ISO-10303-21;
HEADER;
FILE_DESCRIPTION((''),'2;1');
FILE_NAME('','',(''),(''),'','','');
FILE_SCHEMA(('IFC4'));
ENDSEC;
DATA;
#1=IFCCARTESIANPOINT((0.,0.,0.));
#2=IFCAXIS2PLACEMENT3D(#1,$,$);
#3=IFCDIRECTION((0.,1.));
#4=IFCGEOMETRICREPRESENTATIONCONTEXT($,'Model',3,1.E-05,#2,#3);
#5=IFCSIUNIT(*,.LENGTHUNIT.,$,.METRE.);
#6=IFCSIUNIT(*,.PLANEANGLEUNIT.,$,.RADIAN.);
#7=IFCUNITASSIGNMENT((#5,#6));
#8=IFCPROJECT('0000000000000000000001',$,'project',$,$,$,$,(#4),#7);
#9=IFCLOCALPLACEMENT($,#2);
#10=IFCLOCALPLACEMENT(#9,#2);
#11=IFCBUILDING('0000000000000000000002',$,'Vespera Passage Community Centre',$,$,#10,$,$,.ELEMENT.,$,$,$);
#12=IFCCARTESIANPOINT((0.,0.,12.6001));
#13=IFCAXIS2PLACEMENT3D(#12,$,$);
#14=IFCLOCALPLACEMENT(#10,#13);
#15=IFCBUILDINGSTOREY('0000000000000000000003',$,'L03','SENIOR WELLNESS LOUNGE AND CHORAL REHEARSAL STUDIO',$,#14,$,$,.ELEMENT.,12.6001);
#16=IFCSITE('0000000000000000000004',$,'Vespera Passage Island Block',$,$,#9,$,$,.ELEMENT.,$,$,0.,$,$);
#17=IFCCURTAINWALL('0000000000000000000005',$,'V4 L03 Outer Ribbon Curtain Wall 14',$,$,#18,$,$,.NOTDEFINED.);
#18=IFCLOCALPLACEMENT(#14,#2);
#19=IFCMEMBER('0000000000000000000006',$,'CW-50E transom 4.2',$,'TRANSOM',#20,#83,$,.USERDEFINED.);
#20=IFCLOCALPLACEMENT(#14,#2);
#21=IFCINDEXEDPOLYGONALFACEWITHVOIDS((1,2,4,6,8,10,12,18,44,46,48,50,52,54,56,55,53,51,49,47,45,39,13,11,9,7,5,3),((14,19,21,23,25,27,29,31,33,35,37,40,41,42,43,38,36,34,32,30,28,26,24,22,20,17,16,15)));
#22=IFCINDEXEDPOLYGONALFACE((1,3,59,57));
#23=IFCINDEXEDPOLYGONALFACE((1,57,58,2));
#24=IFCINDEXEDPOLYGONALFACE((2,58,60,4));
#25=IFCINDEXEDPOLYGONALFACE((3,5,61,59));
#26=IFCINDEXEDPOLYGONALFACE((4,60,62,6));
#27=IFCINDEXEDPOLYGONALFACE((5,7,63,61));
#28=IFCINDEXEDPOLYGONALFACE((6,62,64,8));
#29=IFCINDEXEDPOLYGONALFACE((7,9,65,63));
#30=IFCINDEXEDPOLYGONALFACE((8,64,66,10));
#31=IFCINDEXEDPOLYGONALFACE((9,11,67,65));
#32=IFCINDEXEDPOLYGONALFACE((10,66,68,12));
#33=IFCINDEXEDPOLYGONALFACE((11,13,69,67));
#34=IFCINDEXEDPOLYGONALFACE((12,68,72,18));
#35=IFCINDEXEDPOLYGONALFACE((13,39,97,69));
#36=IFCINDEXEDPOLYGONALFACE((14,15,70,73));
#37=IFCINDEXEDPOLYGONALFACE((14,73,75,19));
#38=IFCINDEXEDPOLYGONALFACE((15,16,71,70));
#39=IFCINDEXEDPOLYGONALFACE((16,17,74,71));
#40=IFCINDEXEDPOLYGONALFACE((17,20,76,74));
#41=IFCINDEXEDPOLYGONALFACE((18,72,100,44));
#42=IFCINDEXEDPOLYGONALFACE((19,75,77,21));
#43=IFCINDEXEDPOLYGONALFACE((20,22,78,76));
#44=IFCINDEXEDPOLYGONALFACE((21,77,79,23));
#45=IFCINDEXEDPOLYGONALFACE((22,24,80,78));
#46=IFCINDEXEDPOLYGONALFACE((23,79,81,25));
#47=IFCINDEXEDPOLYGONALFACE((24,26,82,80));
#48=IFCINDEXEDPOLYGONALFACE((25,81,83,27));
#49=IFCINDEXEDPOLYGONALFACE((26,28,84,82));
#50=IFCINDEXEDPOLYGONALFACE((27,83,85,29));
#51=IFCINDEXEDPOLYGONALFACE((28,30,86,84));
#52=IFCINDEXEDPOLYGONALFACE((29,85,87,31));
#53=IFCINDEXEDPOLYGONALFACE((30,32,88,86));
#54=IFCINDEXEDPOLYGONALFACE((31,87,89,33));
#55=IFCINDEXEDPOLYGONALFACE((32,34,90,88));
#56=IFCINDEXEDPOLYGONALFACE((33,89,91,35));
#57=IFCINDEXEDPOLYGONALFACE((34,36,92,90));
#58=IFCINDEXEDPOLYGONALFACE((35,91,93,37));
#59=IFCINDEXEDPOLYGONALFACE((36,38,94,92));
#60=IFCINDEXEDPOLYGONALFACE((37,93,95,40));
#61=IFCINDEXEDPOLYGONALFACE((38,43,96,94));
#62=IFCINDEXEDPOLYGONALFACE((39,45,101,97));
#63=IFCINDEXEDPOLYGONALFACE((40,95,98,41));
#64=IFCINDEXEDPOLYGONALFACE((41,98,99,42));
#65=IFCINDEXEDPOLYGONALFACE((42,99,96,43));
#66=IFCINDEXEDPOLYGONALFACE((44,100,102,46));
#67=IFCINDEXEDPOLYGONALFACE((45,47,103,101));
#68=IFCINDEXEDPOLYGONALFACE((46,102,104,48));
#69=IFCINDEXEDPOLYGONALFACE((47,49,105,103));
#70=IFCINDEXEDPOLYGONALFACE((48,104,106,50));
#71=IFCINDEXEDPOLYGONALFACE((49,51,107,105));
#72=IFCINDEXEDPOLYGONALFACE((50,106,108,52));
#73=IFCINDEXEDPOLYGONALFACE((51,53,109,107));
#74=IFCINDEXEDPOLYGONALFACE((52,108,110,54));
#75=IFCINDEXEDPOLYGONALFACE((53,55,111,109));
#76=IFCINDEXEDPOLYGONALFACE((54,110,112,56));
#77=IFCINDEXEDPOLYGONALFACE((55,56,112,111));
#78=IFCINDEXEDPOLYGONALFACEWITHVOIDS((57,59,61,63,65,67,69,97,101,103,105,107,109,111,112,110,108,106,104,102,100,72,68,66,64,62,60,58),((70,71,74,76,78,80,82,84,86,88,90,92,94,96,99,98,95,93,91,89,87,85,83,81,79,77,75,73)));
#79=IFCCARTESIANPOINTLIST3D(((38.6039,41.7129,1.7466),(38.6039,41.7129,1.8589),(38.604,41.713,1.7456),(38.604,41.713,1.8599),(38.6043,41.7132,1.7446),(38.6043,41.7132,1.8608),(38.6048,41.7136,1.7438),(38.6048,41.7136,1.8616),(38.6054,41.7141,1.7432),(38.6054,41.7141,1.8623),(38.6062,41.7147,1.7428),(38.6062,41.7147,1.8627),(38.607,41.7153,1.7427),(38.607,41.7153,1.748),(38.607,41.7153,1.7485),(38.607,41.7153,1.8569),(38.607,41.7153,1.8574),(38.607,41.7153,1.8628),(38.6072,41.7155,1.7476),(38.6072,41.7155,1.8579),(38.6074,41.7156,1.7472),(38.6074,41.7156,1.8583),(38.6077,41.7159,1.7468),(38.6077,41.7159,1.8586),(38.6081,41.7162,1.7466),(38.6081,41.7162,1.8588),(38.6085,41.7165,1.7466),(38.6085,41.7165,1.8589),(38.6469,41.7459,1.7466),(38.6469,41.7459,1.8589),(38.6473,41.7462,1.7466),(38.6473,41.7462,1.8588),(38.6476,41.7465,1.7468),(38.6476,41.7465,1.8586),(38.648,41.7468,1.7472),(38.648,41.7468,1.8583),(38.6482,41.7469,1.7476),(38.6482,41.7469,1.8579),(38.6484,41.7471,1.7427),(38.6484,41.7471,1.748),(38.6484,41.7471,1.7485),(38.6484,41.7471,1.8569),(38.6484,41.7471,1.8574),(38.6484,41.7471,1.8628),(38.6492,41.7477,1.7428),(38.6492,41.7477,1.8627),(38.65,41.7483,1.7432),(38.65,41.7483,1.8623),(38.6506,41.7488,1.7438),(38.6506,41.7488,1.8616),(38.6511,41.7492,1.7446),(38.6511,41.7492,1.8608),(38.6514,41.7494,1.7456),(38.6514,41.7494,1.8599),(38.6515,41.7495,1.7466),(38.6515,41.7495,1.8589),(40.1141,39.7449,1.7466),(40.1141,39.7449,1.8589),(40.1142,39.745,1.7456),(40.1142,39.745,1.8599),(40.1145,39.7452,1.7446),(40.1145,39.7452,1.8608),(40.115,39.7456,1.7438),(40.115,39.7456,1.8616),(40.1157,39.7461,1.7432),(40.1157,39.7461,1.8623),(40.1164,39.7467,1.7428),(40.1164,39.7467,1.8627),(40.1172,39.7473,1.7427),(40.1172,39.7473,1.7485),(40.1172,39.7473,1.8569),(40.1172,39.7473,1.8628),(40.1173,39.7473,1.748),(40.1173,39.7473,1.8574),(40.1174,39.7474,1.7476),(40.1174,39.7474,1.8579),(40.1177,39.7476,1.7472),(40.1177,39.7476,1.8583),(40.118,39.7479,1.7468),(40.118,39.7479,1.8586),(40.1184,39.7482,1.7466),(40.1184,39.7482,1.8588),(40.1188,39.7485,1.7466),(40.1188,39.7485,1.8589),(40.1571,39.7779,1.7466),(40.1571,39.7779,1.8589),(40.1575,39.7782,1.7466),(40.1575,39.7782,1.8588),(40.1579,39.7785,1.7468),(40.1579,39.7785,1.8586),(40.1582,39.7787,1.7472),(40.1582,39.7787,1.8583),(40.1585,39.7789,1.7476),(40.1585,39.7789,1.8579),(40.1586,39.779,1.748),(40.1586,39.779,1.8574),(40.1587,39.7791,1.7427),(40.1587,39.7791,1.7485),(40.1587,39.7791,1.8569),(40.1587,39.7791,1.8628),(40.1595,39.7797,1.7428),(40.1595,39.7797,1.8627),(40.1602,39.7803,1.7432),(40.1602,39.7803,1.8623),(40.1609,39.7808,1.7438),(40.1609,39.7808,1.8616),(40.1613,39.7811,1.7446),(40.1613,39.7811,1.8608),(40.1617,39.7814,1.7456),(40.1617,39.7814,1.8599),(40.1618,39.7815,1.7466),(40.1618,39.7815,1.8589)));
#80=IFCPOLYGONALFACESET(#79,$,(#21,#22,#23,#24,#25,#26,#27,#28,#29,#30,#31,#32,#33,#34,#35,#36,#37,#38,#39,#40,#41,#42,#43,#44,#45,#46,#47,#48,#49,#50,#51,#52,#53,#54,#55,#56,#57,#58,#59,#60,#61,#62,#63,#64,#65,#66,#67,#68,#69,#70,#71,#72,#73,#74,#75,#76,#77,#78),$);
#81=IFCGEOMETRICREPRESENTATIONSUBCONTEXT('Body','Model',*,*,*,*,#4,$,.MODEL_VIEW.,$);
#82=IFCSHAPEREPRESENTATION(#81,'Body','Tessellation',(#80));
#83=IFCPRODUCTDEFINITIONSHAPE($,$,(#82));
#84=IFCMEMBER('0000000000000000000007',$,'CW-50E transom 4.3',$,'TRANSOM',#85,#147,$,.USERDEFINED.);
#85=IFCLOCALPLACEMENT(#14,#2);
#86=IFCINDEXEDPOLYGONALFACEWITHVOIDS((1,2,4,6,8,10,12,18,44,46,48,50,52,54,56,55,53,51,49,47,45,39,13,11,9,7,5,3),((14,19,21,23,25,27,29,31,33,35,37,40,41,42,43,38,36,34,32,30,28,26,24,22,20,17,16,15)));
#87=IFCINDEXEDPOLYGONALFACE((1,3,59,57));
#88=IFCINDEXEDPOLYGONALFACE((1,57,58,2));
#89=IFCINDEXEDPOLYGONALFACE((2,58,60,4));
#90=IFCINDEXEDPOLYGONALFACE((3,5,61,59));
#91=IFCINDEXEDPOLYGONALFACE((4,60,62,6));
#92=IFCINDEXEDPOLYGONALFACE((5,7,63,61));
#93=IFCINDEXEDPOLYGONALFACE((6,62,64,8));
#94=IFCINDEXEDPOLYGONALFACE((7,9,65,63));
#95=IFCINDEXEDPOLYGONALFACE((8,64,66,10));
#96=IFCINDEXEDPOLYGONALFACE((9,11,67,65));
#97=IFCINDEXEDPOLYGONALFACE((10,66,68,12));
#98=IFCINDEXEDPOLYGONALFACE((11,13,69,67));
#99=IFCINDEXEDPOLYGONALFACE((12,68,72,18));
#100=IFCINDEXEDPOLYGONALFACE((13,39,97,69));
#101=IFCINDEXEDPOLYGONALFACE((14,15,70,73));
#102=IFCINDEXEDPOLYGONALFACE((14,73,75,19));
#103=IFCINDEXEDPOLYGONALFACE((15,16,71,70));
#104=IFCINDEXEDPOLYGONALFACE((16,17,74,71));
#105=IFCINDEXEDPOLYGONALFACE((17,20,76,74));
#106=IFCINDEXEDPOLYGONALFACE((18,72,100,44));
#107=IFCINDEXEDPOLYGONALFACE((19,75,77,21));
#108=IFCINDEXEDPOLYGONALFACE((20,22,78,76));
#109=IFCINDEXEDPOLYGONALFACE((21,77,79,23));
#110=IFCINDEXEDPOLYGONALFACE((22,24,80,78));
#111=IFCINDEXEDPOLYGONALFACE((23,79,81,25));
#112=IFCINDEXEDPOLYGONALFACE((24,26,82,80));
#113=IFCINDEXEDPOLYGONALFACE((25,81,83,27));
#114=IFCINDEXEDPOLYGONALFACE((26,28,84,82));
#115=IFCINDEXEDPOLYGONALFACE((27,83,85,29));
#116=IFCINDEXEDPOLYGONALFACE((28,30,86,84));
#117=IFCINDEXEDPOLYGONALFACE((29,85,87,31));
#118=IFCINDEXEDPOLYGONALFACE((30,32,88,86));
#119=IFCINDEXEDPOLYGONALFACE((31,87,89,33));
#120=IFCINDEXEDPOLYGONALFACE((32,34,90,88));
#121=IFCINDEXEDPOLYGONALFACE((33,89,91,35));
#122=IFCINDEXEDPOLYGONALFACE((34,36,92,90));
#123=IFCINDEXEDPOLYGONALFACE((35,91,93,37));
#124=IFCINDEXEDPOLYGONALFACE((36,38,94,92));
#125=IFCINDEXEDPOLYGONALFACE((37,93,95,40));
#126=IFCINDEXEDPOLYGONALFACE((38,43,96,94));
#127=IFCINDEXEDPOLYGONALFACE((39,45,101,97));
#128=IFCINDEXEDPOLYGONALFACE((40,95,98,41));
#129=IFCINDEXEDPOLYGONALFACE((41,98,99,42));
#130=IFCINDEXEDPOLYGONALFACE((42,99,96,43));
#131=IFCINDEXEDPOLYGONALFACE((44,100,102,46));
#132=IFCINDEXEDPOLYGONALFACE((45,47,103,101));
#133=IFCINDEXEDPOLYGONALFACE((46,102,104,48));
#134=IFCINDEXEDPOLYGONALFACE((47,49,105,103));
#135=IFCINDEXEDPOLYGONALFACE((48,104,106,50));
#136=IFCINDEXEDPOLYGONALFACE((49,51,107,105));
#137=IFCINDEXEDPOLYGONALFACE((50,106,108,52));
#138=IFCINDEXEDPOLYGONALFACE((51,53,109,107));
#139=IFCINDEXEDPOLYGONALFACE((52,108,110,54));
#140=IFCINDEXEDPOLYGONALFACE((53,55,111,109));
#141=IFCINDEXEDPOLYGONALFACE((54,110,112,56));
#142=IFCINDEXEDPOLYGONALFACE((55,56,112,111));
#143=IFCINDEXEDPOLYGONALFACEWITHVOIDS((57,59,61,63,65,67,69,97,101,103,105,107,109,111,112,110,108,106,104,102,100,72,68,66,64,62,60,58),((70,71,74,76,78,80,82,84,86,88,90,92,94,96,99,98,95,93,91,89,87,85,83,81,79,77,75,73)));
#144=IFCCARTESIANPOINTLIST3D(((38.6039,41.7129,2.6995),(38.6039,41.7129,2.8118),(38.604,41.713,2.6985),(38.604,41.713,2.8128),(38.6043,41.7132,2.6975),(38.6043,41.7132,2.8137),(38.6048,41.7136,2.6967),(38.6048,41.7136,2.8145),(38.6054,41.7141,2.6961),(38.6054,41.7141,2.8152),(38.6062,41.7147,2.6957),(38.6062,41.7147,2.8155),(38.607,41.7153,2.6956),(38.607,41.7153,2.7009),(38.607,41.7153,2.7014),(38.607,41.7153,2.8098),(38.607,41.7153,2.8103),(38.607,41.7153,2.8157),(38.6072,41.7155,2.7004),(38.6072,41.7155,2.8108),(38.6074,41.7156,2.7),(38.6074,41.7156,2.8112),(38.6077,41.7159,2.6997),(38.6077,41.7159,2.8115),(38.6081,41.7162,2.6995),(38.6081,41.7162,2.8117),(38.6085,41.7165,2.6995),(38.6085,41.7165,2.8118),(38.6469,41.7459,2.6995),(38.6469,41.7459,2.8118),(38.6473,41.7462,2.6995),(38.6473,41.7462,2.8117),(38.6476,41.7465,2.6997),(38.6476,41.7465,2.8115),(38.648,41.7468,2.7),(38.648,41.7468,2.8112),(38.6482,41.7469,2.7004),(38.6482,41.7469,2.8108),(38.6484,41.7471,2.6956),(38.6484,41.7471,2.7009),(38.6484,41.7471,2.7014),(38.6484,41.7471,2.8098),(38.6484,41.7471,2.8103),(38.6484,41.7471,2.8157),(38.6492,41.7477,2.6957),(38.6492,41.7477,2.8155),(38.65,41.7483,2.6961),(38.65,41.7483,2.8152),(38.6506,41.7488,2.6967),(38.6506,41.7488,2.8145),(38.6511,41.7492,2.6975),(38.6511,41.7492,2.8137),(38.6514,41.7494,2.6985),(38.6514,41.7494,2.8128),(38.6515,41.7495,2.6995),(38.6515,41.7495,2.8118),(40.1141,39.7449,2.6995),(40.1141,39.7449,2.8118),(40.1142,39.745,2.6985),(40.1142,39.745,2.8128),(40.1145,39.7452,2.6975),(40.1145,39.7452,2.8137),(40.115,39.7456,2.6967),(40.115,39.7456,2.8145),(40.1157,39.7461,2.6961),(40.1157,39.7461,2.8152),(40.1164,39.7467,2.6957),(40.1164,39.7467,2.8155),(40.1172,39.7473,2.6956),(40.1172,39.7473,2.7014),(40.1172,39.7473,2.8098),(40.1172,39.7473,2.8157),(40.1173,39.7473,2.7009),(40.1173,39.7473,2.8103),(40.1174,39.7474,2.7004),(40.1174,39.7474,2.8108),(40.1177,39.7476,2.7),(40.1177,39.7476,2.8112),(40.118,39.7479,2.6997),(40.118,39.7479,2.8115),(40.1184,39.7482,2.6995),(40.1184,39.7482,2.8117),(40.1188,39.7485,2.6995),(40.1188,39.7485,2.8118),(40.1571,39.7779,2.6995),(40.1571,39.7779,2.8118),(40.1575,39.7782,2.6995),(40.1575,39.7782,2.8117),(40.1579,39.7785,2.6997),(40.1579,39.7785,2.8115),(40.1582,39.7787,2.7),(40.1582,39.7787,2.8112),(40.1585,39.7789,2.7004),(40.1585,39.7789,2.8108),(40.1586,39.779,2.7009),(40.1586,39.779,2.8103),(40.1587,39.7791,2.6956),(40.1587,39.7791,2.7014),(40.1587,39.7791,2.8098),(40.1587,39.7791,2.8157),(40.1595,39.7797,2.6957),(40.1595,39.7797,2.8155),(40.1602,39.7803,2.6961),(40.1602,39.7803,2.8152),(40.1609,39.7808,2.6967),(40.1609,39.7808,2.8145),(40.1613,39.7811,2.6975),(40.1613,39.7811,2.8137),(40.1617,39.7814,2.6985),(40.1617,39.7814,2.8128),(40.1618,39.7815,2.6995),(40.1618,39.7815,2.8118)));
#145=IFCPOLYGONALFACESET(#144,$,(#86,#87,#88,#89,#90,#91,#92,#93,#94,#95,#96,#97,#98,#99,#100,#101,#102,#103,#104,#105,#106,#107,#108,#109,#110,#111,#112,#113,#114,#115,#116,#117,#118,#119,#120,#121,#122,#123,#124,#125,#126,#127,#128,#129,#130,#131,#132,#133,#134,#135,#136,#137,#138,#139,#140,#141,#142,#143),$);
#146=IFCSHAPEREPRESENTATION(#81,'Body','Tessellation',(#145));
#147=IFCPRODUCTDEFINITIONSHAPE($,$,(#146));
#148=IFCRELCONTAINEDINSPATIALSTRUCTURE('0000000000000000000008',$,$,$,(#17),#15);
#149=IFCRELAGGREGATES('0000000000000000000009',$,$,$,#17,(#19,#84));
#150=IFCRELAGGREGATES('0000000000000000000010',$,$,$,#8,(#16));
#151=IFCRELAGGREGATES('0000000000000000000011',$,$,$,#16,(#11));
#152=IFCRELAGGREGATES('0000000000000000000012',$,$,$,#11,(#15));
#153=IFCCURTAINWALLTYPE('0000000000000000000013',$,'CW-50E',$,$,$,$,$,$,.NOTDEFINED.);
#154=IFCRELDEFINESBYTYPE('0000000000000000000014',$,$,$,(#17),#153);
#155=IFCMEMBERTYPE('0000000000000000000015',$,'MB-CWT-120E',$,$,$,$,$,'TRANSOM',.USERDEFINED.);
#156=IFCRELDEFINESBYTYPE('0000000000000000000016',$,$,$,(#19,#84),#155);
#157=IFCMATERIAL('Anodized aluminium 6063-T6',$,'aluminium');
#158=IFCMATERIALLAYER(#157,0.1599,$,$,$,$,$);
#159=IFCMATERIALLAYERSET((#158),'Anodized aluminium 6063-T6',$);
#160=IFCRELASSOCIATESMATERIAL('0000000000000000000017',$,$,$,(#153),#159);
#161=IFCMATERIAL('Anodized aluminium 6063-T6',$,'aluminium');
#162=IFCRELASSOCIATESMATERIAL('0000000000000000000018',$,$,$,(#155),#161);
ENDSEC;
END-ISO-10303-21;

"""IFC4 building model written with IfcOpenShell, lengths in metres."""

from ifc_helpers import new_model, si_unit, direction, frame, origin, origin_2d, place, context, subcontext, project, spatial, hollow_rectangle, extrude, material, layer, layer_set, material_profile, profile_set, type_object, element, aggregate, save


model = new_model("IFC4")

# Units and contexts
model_context = context("Model", 3, precision=1e-05, world=origin(), true_north=direction((0.0, 1.0)))
body_context = subcontext(model_context, "Body", "Model", "MODEL_VIEW")
ifc_project = project(units=[si_unit("LENGTHUNIT", "METRE"), si_unit("PLANEANGLEUNIT", "RADIAN")], contexts=[model_context])

# Site, building, storey
site_placement = place(None, origin())
site = spatial("IfcSite", under=ifc_project, at=site_placement, Name="Vespera Passage Island Block", CompositionType="ELEMENT", RefElevation=0.0)
building_placement = place(site_placement, origin())
building = spatial("IfcBuilding", under=site, at=building_placement, Name="Vespera Passage Community Centre", CompositionType="ELEMENT")
storey_placement = place(building_placement, frame((0.0, 0.0, 12.6001)))
storey = spatial("IfcBuildingStorey", under=building, at=storey_placement, Name="L03", Description="SENIOR WELLNESS LOUNGE AND CHORAL REHEARSAL STUDIO", CompositionType="ELEMENT", Elevation=12.6001)

# Curtain wall
ifc_material_1 = material(Name="Anodized aluminium 6063-T6", Category="aluminium")
ifc_layer_1 = layer(ifc_material_1, 0.1599)
ifc_layer_set_1 = layer_set([ifc_layer_1], Name="Anodized aluminium 6063-T6")
curtain_wall_type_1 = type_object("IfcCurtainWallType", Name="CW-50E", PredefinedType="NOTDEFINED", material=ifc_layer_set_1)
curtain_wall_1_placement = place(storey_placement, origin())
curtain_wall_1 = element("IfcCurtainWall", 1, at=curtain_wall_1_placement, inside=storey, type_object=curtain_wall_type_1, Name="V4 L03 Outer Ribbon Curtain Wall 14", PredefinedType="NOTDEFINED")

# Members
ifc_material_2 = material(Name="Anodized aluminium 6063-T6", Category="aluminium")
ifc_material_profile_1 = material_profile(ifc_material_2, hollow_rectangle(XDim=0.0601, YDim=0.1201, WallThickness=0.0039, InnerFilletRadius=0.002, OuterFilletRadius=0.0039, at=origin_2d()), Name="ALU120X60X4")
ifc_profile_set_1 = profile_set([ifc_material_profile_1], Name="Anodized aluminium 6063-T6")
member_type_1 = type_object("IfcMemberType", Name="MB-CWT-120E", ElementType="TRANSOM", PredefinedType="USERDEFINED", material=ifc_profile_set_1)
member_1_placement = place(storey_placement, frame((40.1379, 39.7632, 1.8027), z_axis=(-0.608797, 0.793326, 0.0), x_axis=(-0.793326, -0.608797, 0.0)))
member_1 = element("IfcMember", 2, at=member_1_placement, type_object=member_type_1, Name="CW-50E transom 4.2", ObjectType="TRANSOM", PredefinedType="USERDEFINED", context=body_context, shape_type="SweptSolid", body=[
    extrude(hollow_rectangle(XDim=0.0601, YDim=0.1201, WallThickness=0.0039, InnerFilletRadius=0.002, OuterFilletRadius=0.0039, at=origin_2d()), origin(), (0.0, 0.0, 1.0), 2.4807),
])
member_2_placement = place(storey_placement, frame((40.1379, 39.7632, 2.7556), z_axis=(-0.608797, 0.793326, 0.0), x_axis=(-0.793326, -0.608797, 0.0)))
member_2 = element("IfcMember", 3, at=member_2_placement, type_object=member_type_1, Name="CW-50E transom 4.3", ObjectType="TRANSOM", PredefinedType="USERDEFINED", context=body_context, shape_type="SweptSolid", body=[
    extrude(hollow_rectangle(XDim=0.0601, YDim=0.1201, WallThickness=0.0039, InnerFilletRadius=0.002, OuterFilletRadius=0.0039, at=origin_2d()), origin(), (0.0, 0.0, 1.0), 2.4807),
])

aggregate(curtain_wall_1, [member_1, member_2])

save(model, "model.ifc")
